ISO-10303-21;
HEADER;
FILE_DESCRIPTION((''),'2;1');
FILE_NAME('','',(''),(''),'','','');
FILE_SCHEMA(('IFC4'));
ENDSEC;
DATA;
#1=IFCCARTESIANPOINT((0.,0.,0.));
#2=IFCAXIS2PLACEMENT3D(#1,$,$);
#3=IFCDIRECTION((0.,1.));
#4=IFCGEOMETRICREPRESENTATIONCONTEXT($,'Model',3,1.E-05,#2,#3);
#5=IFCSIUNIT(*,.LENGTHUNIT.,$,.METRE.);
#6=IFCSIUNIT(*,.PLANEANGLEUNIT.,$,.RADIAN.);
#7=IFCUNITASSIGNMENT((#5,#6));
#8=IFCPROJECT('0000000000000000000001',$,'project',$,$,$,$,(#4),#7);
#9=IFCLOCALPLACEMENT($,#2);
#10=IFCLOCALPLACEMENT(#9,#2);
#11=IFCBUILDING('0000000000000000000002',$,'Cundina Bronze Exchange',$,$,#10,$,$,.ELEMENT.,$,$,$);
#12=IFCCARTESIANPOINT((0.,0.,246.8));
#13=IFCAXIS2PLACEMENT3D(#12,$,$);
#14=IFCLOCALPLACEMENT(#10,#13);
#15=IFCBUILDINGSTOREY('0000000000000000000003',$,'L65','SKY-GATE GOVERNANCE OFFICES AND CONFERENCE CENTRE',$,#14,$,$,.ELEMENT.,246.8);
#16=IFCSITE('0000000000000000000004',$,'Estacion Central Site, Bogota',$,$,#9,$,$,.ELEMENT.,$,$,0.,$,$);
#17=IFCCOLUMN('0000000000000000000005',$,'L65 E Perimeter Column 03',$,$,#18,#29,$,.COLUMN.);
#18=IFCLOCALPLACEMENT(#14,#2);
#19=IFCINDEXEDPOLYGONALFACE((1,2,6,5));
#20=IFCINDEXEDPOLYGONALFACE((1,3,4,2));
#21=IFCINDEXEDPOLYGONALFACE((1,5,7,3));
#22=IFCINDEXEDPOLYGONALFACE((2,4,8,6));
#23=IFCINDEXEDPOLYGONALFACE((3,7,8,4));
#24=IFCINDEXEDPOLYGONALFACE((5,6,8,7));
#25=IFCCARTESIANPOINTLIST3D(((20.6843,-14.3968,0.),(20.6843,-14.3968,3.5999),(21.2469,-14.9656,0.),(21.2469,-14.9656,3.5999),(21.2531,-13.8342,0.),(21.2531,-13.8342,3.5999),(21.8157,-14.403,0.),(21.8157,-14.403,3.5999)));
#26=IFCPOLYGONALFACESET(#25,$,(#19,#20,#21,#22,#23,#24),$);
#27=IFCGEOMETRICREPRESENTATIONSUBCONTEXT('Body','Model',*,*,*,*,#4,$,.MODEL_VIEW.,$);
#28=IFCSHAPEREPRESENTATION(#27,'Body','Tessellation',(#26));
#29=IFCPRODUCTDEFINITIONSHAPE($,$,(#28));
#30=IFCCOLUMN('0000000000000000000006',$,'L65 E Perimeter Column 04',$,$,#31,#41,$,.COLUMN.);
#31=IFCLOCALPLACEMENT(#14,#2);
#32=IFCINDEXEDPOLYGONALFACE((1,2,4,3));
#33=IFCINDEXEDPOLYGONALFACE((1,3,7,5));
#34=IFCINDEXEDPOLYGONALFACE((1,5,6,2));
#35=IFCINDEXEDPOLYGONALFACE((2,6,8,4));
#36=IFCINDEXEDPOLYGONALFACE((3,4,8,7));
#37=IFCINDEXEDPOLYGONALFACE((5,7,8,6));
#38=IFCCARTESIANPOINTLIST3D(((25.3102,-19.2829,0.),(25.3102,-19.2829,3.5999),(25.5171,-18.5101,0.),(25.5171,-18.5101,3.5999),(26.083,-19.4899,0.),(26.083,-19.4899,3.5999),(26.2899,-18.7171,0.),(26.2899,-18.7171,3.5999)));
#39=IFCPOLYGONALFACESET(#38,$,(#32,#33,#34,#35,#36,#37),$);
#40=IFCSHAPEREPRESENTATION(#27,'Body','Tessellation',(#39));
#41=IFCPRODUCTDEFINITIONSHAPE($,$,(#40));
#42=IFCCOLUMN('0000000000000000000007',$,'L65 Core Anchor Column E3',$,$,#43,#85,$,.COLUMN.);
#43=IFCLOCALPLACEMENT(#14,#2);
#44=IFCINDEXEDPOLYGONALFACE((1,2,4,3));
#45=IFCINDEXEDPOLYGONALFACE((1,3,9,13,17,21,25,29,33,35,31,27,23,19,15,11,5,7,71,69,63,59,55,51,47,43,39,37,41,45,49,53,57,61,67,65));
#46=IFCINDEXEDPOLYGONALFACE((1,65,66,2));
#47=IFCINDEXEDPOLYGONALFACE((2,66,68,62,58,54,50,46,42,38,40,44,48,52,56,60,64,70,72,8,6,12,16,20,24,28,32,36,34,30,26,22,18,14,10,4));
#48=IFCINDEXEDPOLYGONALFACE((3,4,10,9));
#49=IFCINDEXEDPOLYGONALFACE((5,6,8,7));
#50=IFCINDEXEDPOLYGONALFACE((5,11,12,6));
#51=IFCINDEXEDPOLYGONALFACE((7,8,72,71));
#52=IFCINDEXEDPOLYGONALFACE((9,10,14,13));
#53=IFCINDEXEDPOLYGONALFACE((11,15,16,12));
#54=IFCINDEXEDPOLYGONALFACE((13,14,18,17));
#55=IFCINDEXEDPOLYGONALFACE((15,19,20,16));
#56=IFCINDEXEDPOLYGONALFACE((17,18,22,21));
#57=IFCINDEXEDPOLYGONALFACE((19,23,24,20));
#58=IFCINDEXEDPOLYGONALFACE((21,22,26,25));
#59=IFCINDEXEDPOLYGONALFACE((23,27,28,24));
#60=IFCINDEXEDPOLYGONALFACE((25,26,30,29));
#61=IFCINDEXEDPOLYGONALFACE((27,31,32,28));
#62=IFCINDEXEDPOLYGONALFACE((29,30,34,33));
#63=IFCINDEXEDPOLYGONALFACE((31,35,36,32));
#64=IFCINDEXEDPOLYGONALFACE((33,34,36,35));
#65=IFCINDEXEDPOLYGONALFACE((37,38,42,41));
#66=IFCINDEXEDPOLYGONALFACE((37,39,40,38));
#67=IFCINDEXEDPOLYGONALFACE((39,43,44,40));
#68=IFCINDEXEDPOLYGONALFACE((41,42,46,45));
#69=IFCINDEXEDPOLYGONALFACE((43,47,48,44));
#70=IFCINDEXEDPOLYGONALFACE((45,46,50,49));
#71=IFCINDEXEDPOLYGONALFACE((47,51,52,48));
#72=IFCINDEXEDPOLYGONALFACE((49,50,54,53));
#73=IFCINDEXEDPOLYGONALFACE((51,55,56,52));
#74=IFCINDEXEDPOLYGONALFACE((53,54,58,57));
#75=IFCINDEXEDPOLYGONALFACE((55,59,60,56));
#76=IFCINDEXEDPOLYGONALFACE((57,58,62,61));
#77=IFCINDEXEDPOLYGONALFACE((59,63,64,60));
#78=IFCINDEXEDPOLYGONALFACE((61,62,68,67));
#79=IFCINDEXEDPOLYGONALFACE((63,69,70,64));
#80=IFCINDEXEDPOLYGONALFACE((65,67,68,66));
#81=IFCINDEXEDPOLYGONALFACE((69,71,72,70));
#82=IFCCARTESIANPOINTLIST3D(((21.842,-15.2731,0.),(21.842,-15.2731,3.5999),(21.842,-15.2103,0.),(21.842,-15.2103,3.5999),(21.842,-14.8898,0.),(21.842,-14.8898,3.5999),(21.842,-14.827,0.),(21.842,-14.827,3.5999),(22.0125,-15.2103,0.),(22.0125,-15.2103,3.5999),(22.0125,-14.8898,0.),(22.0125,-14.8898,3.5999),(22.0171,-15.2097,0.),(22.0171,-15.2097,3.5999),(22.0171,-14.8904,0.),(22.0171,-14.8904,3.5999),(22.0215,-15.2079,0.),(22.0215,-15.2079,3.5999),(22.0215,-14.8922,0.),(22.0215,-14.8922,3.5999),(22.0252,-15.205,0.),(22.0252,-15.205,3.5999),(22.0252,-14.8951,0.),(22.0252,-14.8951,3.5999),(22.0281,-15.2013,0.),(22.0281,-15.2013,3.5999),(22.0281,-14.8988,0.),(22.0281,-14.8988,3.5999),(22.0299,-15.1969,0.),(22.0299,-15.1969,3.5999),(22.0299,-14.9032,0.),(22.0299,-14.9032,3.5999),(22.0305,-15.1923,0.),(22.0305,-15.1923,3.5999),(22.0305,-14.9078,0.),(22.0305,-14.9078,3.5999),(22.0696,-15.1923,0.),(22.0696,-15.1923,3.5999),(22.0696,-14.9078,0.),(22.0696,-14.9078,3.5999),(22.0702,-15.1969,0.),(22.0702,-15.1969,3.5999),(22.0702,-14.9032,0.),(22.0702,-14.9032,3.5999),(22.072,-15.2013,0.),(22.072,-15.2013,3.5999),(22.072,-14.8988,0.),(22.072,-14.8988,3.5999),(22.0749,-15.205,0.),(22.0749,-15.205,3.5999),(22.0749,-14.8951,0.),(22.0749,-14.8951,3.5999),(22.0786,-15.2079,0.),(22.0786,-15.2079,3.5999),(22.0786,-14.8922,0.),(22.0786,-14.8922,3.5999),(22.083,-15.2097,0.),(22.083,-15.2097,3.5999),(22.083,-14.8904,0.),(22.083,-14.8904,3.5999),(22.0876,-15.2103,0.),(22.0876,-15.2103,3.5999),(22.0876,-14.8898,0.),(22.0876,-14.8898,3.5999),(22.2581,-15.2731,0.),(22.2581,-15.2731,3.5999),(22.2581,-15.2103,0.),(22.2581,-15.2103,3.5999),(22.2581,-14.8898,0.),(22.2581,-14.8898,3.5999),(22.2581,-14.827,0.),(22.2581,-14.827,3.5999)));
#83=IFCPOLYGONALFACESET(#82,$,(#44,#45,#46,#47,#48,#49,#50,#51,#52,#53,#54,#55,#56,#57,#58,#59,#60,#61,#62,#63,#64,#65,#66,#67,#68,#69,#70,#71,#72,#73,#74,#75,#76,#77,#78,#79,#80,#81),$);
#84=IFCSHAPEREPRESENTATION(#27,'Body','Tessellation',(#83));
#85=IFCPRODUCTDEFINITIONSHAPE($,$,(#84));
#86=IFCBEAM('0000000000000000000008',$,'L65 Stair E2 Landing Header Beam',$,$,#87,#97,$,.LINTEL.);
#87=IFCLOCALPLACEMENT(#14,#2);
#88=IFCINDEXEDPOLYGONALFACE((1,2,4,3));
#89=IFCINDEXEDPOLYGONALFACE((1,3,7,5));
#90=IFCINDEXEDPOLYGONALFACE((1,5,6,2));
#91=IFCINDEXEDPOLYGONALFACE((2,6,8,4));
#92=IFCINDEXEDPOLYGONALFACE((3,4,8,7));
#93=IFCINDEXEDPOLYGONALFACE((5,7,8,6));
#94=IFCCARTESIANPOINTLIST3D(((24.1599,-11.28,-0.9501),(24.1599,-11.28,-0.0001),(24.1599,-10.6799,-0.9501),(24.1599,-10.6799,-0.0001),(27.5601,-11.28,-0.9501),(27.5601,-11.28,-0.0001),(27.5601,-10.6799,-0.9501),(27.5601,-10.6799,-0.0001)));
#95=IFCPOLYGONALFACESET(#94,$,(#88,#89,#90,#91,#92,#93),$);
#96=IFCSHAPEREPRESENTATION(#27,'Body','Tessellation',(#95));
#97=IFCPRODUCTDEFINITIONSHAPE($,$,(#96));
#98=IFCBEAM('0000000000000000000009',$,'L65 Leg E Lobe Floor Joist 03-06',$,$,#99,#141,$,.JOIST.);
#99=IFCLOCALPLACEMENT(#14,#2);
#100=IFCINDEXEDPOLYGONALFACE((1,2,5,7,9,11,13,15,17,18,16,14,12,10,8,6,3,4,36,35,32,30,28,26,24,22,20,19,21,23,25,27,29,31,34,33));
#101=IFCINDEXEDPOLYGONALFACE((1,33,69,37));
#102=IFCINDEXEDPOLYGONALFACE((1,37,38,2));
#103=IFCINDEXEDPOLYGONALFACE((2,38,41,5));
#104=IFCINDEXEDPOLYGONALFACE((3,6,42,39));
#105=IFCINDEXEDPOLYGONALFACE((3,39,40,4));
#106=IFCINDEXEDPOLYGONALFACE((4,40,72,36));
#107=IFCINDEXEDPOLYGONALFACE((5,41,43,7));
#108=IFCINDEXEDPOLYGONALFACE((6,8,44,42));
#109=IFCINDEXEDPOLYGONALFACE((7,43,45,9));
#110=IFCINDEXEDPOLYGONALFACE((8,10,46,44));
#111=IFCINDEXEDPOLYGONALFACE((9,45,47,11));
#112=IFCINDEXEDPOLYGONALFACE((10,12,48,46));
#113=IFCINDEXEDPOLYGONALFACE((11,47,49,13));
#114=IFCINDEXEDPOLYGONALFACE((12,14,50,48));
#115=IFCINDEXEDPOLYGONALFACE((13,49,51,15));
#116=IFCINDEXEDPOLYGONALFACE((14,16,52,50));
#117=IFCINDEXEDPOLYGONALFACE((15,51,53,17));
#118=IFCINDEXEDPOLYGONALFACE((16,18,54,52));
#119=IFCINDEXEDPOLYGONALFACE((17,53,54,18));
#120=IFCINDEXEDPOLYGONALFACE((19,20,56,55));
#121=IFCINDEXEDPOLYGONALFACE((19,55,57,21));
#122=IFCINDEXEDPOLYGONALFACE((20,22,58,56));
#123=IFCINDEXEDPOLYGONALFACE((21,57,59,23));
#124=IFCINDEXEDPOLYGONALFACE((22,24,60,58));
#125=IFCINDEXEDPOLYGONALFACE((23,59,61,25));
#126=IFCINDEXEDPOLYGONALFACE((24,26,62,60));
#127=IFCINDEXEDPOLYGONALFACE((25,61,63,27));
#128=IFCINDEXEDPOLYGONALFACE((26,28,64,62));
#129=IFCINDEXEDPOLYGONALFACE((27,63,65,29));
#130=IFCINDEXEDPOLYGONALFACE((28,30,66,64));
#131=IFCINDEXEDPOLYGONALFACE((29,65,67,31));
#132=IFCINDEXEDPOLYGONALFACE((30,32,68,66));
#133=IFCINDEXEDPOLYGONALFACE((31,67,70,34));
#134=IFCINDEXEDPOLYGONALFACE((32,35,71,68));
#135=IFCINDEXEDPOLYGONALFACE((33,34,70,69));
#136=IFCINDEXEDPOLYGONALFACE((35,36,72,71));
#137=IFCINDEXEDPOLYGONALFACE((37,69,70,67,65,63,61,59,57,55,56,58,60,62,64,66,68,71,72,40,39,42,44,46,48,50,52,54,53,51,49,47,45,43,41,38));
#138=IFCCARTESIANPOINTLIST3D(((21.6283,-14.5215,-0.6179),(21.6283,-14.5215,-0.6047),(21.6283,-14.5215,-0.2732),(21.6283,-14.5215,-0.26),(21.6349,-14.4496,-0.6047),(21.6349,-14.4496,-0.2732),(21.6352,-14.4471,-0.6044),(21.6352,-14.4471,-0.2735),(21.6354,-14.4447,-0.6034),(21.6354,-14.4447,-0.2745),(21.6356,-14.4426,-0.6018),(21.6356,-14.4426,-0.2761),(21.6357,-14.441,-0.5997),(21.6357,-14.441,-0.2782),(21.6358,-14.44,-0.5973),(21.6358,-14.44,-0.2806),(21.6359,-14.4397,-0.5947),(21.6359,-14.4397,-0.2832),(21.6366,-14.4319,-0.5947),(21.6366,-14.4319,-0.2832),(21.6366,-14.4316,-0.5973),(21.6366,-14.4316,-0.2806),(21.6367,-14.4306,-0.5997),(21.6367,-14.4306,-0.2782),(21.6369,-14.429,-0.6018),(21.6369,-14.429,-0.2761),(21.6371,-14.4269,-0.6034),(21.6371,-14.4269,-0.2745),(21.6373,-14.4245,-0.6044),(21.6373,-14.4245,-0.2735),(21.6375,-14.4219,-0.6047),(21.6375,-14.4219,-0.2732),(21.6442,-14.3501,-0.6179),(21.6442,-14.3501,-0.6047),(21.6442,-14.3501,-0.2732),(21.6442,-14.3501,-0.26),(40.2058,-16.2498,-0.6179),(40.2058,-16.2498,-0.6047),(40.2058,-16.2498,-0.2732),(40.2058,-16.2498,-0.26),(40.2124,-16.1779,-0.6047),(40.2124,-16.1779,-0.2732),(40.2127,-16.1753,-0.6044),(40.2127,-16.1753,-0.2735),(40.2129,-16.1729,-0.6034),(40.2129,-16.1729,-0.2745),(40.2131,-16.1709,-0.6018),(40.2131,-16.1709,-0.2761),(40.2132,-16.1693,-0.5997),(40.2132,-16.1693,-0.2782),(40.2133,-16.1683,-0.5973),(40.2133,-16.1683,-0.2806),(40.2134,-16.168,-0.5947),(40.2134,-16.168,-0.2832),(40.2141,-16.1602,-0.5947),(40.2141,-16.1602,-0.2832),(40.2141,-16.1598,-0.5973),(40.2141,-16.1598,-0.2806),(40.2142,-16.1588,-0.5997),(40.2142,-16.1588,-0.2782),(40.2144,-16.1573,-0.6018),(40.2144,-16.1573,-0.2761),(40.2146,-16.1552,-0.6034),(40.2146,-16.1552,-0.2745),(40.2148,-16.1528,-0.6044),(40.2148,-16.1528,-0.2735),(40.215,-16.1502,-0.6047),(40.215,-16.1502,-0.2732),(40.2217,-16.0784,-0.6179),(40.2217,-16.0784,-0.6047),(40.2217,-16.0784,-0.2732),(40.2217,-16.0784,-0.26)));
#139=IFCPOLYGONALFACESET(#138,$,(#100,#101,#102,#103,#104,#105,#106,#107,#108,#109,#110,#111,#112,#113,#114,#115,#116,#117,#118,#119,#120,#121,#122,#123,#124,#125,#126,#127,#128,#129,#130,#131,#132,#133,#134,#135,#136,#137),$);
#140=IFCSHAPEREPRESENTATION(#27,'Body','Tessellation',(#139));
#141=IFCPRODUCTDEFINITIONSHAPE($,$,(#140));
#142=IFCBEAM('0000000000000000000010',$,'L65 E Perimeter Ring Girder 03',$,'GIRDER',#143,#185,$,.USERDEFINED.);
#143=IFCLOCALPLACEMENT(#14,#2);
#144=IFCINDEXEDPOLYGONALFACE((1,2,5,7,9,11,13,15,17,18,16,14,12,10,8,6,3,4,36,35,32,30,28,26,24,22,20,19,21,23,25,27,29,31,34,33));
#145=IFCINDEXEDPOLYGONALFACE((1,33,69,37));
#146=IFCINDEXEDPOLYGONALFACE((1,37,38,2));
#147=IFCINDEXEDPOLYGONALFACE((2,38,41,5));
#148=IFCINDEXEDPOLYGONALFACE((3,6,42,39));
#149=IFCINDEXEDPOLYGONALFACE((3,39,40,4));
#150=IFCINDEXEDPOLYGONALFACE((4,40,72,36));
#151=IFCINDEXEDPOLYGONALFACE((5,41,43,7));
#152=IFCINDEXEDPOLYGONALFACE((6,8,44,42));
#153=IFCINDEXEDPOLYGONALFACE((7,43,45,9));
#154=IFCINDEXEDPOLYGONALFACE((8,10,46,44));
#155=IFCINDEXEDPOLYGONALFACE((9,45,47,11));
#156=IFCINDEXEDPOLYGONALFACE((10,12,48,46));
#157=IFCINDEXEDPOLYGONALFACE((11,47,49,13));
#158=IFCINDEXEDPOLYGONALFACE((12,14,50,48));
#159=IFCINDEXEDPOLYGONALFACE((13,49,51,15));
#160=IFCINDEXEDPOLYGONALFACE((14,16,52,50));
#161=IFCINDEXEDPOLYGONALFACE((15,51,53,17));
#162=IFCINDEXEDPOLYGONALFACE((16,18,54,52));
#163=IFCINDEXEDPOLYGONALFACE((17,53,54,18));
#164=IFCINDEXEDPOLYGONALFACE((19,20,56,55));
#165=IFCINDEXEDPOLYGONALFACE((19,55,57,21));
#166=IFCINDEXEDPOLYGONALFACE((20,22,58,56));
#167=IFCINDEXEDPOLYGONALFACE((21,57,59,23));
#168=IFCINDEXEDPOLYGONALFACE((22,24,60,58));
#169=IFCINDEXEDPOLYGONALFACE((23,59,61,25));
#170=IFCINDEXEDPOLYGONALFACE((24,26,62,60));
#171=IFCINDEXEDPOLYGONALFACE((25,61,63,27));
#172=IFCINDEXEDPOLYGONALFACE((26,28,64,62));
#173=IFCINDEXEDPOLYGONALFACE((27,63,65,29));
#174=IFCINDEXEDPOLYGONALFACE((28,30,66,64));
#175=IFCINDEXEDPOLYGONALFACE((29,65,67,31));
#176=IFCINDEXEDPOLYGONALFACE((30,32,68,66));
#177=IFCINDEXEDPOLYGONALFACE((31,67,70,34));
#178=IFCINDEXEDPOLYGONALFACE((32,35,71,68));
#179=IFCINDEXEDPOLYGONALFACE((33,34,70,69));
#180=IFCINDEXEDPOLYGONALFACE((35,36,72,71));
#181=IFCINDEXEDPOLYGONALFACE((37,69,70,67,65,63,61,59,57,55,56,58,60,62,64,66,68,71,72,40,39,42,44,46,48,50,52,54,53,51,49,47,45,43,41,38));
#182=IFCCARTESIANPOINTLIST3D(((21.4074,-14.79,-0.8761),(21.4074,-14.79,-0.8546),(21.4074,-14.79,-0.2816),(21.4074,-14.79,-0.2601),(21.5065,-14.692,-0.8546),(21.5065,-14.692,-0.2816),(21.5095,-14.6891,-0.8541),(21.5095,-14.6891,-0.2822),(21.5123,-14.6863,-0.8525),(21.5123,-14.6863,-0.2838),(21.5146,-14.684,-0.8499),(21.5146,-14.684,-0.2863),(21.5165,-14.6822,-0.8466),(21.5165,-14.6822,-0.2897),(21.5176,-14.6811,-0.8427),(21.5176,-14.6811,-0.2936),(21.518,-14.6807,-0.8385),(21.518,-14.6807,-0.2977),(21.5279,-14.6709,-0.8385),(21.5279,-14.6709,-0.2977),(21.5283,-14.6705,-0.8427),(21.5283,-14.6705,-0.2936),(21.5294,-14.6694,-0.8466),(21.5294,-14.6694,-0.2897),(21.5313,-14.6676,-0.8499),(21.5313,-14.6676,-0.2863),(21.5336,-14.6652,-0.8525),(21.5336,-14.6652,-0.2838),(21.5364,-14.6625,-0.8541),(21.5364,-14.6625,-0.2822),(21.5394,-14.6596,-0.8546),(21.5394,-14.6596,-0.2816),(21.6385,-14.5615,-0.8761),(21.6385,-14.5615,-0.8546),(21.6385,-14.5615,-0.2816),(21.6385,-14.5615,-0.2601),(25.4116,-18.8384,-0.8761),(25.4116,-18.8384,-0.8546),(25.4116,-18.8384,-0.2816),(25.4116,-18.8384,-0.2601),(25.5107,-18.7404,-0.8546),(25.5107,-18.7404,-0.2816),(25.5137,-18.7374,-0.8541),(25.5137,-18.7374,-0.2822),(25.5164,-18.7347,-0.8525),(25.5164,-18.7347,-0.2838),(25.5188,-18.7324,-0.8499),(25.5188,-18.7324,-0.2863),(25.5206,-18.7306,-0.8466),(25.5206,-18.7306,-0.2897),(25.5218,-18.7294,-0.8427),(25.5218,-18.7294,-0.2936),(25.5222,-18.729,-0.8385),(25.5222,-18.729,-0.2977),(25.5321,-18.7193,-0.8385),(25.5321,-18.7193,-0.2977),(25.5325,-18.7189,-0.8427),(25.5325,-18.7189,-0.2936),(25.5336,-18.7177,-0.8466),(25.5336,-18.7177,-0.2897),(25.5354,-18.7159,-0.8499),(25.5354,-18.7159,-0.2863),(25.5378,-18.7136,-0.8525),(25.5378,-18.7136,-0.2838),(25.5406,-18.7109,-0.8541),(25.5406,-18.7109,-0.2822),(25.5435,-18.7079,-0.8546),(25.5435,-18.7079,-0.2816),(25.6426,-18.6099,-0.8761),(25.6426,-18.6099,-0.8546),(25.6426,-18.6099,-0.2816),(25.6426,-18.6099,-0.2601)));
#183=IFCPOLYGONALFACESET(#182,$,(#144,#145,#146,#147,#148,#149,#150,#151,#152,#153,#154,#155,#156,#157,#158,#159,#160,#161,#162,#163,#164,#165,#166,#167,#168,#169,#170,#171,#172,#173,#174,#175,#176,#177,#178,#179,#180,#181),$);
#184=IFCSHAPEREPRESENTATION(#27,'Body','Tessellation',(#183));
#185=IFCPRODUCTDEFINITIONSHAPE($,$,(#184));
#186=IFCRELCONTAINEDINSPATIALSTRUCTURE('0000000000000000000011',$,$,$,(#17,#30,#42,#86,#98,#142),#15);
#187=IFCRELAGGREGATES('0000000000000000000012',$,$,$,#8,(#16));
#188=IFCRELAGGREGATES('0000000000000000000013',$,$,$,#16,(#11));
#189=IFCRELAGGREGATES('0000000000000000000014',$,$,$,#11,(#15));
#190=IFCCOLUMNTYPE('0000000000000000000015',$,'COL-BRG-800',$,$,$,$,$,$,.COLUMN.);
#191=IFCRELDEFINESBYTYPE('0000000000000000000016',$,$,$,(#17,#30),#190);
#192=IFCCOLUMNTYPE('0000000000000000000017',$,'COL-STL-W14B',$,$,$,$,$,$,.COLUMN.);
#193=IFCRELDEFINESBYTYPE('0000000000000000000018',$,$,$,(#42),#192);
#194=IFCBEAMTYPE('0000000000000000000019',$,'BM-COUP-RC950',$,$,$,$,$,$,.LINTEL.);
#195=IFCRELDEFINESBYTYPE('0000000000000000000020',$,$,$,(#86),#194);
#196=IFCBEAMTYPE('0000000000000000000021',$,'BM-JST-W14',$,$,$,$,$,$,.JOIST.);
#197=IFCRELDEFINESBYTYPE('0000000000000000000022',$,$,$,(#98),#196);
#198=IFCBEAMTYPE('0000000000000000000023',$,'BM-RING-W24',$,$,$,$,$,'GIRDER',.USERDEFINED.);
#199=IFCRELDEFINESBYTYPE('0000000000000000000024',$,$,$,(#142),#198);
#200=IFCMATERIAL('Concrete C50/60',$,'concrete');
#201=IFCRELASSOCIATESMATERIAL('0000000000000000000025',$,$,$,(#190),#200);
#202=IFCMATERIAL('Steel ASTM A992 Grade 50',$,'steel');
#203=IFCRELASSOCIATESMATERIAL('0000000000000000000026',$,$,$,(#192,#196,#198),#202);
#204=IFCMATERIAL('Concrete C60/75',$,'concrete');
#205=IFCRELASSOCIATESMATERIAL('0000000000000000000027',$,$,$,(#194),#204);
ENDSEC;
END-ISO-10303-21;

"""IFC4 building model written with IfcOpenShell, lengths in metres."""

from ifc_helpers import new_model, si_unit, direction, frame, origin, origin_2d, place, context, subcontext, project, spatial, rectangle, i_section, extrude, material, material_profile, profile_set, type_object, element, save


model = new_model("IFC4")

# Units and contexts
model_context = context("Model", 3, precision=1e-05, world=origin(), true_north=direction((0.0, 1.0)))
body_context = subcontext(model_context, "Body", "Model", "MODEL_VIEW")
ifc_project = project(units=[si_unit("LENGTHUNIT", "METRE"), si_unit("PLANEANGLEUNIT", "RADIAN")], contexts=[model_context])

# Site, building, storey
site_placement = place(None, origin())
site = spatial("IfcSite", under=ifc_project, at=site_placement, Name="Estacion Central Site, Bogota", CompositionType="ELEMENT", RefElevation=0.0)
building_placement = place(site_placement, origin())
building = spatial("IfcBuilding", under=site, at=building_placement, Name="Cundina Bronze Exchange", CompositionType="ELEMENT")
storey_placement = place(building_placement, frame((0.0, 0.0, 246.8)))
storey = spatial("IfcBuildingStorey", under=building, at=storey_placement, Name="L65", Description="SKY-GATE GOVERNANCE OFFICES AND CONFERENCE CENTRE", CompositionType="ELEMENT", Elevation=246.8)

# Columns
ifc_material_1 = material(Name="Concrete C50/60", Category="concrete")
ifc_material_profile_1 = material_profile(ifc_material_1, rectangle(XDim=0.8, YDim=0.8, at=origin_2d()), Name="RC800X800", Category="concrete")
ifc_profile_set_1 = profile_set([ifc_material_profile_1], Name="Concrete C50/60")
column_type_1 = type_object("IfcColumnType", Name="COL-BRG-800", PredefinedType="COLUMN", material=ifc_profile_set_1)
for number, where, z_axis, x_axis, name in (
    (1, (21.25, -14.3999, 0.0), (0.0, 0.0, 1.0), (0.703271, -0.710922, 0.0), "L65 E Perimeter Column 03"),
    (2, (25.8, -19.0, 0.0), (0.0, 0.0, 1.0), (0.965971, -0.25865, 0.0), "L65 E Perimeter Column 04"),
):
    element("IfcColumn", number, at=place(storey_placement, frame(where, z_axis=z_axis, x_axis=x_axis)), inside=storey, type_object=column_type_1, Name=name, PredefinedType="COLUMN", context=body_context, shape_type="SweptSolid", body=[
        extrude(rectangle(XDim=0.8, YDim=0.8, at=origin_2d()), origin(), (0.0, 0.0, 1.0), 3.5999),
    ])
ifc_material_2 = material(Name="Steel ASTM A992 Grade 50", Category="steel")
ifc_material_profile_2 = material_profile(ifc_material_2, i_section(OverallWidth=0.416, OverallDepth=0.446, WebThickness=0.0391, FlangeThickness=0.0627, FilletRadius=0.0181, at=origin_2d()), Name="W14X342", Category="steel")
ifc_profile_set_2 = profile_set([ifc_material_profile_2], Name="Steel ASTM A992 Grade 50")
column_type_2 = type_object("IfcColumnType", Name="COL-STL-W14B", PredefinedType="COLUMN", material=ifc_profile_set_2)
column_placement = place(storey_placement, frame((22.05, -15.05, 0.0), z_axis=(0.0, 0.0, 1.0), x_axis=(1.0, 0.0, 0.0)))
element("IfcColumn", 3, at=column_placement, inside=storey, type_object=column_type_2, Name="L65 Core Anchor Column E3", PredefinedType="COLUMN", context=body_context, shape_type="SweptSolid", body=[
    extrude(i_section(OverallWidth=0.416, OverallDepth=0.446, WebThickness=0.0391, FlangeThickness=0.0627, FilletRadius=0.0181, at=origin_2d()), origin(), (0.0, 0.0, 1.0), 3.5999),
])

# Beams
ifc_material_3 = material(Name="Concrete C60/75", Category="concrete")
ifc_material_profile_3 = material_profile(ifc_material_3, rectangle(XDim=0.6001, YDim=0.95, at=origin_2d()), Name="RC600X950", Category="concrete")
ifc_profile_set_3 = profile_set([ifc_material_profile_3], Name="Concrete C60/75")
beam_type_1 = type_object("IfcBeamType", Name="BM-COUP-RC950", PredefinedType="LINTEL", material=ifc_profile_set_3)
beam_1_placement = place(storey_placement, frame((24.1599, -10.98, -0.4751), z_axis=(1.0, 0.0, 0.0), x_axis=(0.0, 1.0, 0.0)))
element("IfcBeam", 4, at=beam_1_placement, inside=storey, type_object=beam_type_1, Name="L65 Stair E2 Landing Header Beam", PredefinedType="LINTEL", context=body_context, shape_type="SweptSolid", body=[
    extrude(rectangle(XDim=0.6001, YDim=0.95, at=origin_2d()), origin(), (0.0, 0.0, 1.0), 3.4001),
])
ifc_material_profile_4 = material_profile(ifc_material_2, i_section(OverallWidth=0.1721, OverallDepth=0.3579, WebThickness=0.0078, FlangeThickness=0.0132, FilletRadius=0.01, at=origin_2d()), Name="W14X38", Category="steel")
ifc_profile_set_4 = profile_set([ifc_material_profile_4], Name="Steel ASTM A992 Grade 50")
beam_type_2 = type_object("IfcBeamType", Name="BM-JST-W14", PredefinedType="JOIST", material=ifc_profile_set_4)
beam_2_placement = place(storey_placement, frame((21.6362, -14.4358, -0.439), z_axis=(0.995701, -0.092631, 0.0), x_axis=(0.092631, 0.995701, 0.0)))
element("IfcBeam", 5, at=beam_2_placement, inside=storey, type_object=beam_type_2, Name="L65 Leg E Lobe Floor Joist 03-06", PredefinedType="JOIST", context=body_context, shape_type="SweptSolid", body=[
    extrude(i_section(OverallWidth=0.1721, OverallDepth=0.3579, WebThickness=0.0078, FlangeThickness=0.0132, FilletRadius=0.01, at=origin_2d()), origin(), (0.0, 0.0, 1.0), 18.6577),
])
ifc_material_profile_5 = material_profile(ifc_material_2, i_section(OverallWidth=0.325, OverallDepth=0.616, WebThickness=0.0139, FlangeThickness=0.0215, FilletRadius=0.0161, at=origin_2d()), Name="W24X117", Category="steel")
ifc_profile_set_5 = profile_set([ifc_material_profile_5], Name="Steel ASTM A992 Grade 50")
beam_type_3 = type_object("IfcBeamType", Name="BM-RING-W24", ElementType="GIRDER", PredefinedType="USERDEFINED", material=ifc_profile_set_5)
beam_3_placement = place(storey_placement, frame((21.5229, -14.6758, -0.5681), z_axis=(0.703216, -0.710976, 0.0), x_axis=(0.710976, 0.703216, 0.0)))
element("IfcBeam", 6, at=beam_3_placement, inside=storey, type_object=beam_type_3, Name="L65 E Perimeter Ring Girder 03", ObjectType="GIRDER", PredefinedType="USERDEFINED", context=body_context, shape_type="SweptSolid", body=[
    extrude(i_section(OverallWidth=0.325, OverallDepth=0.616, WebThickness=0.0139, FlangeThickness=0.0215, FilletRadius=0.0161, at=origin_2d()), origin(), (0.0, 0.0, 1.0), 5.6941),
])

save(model, "model.ifc")
